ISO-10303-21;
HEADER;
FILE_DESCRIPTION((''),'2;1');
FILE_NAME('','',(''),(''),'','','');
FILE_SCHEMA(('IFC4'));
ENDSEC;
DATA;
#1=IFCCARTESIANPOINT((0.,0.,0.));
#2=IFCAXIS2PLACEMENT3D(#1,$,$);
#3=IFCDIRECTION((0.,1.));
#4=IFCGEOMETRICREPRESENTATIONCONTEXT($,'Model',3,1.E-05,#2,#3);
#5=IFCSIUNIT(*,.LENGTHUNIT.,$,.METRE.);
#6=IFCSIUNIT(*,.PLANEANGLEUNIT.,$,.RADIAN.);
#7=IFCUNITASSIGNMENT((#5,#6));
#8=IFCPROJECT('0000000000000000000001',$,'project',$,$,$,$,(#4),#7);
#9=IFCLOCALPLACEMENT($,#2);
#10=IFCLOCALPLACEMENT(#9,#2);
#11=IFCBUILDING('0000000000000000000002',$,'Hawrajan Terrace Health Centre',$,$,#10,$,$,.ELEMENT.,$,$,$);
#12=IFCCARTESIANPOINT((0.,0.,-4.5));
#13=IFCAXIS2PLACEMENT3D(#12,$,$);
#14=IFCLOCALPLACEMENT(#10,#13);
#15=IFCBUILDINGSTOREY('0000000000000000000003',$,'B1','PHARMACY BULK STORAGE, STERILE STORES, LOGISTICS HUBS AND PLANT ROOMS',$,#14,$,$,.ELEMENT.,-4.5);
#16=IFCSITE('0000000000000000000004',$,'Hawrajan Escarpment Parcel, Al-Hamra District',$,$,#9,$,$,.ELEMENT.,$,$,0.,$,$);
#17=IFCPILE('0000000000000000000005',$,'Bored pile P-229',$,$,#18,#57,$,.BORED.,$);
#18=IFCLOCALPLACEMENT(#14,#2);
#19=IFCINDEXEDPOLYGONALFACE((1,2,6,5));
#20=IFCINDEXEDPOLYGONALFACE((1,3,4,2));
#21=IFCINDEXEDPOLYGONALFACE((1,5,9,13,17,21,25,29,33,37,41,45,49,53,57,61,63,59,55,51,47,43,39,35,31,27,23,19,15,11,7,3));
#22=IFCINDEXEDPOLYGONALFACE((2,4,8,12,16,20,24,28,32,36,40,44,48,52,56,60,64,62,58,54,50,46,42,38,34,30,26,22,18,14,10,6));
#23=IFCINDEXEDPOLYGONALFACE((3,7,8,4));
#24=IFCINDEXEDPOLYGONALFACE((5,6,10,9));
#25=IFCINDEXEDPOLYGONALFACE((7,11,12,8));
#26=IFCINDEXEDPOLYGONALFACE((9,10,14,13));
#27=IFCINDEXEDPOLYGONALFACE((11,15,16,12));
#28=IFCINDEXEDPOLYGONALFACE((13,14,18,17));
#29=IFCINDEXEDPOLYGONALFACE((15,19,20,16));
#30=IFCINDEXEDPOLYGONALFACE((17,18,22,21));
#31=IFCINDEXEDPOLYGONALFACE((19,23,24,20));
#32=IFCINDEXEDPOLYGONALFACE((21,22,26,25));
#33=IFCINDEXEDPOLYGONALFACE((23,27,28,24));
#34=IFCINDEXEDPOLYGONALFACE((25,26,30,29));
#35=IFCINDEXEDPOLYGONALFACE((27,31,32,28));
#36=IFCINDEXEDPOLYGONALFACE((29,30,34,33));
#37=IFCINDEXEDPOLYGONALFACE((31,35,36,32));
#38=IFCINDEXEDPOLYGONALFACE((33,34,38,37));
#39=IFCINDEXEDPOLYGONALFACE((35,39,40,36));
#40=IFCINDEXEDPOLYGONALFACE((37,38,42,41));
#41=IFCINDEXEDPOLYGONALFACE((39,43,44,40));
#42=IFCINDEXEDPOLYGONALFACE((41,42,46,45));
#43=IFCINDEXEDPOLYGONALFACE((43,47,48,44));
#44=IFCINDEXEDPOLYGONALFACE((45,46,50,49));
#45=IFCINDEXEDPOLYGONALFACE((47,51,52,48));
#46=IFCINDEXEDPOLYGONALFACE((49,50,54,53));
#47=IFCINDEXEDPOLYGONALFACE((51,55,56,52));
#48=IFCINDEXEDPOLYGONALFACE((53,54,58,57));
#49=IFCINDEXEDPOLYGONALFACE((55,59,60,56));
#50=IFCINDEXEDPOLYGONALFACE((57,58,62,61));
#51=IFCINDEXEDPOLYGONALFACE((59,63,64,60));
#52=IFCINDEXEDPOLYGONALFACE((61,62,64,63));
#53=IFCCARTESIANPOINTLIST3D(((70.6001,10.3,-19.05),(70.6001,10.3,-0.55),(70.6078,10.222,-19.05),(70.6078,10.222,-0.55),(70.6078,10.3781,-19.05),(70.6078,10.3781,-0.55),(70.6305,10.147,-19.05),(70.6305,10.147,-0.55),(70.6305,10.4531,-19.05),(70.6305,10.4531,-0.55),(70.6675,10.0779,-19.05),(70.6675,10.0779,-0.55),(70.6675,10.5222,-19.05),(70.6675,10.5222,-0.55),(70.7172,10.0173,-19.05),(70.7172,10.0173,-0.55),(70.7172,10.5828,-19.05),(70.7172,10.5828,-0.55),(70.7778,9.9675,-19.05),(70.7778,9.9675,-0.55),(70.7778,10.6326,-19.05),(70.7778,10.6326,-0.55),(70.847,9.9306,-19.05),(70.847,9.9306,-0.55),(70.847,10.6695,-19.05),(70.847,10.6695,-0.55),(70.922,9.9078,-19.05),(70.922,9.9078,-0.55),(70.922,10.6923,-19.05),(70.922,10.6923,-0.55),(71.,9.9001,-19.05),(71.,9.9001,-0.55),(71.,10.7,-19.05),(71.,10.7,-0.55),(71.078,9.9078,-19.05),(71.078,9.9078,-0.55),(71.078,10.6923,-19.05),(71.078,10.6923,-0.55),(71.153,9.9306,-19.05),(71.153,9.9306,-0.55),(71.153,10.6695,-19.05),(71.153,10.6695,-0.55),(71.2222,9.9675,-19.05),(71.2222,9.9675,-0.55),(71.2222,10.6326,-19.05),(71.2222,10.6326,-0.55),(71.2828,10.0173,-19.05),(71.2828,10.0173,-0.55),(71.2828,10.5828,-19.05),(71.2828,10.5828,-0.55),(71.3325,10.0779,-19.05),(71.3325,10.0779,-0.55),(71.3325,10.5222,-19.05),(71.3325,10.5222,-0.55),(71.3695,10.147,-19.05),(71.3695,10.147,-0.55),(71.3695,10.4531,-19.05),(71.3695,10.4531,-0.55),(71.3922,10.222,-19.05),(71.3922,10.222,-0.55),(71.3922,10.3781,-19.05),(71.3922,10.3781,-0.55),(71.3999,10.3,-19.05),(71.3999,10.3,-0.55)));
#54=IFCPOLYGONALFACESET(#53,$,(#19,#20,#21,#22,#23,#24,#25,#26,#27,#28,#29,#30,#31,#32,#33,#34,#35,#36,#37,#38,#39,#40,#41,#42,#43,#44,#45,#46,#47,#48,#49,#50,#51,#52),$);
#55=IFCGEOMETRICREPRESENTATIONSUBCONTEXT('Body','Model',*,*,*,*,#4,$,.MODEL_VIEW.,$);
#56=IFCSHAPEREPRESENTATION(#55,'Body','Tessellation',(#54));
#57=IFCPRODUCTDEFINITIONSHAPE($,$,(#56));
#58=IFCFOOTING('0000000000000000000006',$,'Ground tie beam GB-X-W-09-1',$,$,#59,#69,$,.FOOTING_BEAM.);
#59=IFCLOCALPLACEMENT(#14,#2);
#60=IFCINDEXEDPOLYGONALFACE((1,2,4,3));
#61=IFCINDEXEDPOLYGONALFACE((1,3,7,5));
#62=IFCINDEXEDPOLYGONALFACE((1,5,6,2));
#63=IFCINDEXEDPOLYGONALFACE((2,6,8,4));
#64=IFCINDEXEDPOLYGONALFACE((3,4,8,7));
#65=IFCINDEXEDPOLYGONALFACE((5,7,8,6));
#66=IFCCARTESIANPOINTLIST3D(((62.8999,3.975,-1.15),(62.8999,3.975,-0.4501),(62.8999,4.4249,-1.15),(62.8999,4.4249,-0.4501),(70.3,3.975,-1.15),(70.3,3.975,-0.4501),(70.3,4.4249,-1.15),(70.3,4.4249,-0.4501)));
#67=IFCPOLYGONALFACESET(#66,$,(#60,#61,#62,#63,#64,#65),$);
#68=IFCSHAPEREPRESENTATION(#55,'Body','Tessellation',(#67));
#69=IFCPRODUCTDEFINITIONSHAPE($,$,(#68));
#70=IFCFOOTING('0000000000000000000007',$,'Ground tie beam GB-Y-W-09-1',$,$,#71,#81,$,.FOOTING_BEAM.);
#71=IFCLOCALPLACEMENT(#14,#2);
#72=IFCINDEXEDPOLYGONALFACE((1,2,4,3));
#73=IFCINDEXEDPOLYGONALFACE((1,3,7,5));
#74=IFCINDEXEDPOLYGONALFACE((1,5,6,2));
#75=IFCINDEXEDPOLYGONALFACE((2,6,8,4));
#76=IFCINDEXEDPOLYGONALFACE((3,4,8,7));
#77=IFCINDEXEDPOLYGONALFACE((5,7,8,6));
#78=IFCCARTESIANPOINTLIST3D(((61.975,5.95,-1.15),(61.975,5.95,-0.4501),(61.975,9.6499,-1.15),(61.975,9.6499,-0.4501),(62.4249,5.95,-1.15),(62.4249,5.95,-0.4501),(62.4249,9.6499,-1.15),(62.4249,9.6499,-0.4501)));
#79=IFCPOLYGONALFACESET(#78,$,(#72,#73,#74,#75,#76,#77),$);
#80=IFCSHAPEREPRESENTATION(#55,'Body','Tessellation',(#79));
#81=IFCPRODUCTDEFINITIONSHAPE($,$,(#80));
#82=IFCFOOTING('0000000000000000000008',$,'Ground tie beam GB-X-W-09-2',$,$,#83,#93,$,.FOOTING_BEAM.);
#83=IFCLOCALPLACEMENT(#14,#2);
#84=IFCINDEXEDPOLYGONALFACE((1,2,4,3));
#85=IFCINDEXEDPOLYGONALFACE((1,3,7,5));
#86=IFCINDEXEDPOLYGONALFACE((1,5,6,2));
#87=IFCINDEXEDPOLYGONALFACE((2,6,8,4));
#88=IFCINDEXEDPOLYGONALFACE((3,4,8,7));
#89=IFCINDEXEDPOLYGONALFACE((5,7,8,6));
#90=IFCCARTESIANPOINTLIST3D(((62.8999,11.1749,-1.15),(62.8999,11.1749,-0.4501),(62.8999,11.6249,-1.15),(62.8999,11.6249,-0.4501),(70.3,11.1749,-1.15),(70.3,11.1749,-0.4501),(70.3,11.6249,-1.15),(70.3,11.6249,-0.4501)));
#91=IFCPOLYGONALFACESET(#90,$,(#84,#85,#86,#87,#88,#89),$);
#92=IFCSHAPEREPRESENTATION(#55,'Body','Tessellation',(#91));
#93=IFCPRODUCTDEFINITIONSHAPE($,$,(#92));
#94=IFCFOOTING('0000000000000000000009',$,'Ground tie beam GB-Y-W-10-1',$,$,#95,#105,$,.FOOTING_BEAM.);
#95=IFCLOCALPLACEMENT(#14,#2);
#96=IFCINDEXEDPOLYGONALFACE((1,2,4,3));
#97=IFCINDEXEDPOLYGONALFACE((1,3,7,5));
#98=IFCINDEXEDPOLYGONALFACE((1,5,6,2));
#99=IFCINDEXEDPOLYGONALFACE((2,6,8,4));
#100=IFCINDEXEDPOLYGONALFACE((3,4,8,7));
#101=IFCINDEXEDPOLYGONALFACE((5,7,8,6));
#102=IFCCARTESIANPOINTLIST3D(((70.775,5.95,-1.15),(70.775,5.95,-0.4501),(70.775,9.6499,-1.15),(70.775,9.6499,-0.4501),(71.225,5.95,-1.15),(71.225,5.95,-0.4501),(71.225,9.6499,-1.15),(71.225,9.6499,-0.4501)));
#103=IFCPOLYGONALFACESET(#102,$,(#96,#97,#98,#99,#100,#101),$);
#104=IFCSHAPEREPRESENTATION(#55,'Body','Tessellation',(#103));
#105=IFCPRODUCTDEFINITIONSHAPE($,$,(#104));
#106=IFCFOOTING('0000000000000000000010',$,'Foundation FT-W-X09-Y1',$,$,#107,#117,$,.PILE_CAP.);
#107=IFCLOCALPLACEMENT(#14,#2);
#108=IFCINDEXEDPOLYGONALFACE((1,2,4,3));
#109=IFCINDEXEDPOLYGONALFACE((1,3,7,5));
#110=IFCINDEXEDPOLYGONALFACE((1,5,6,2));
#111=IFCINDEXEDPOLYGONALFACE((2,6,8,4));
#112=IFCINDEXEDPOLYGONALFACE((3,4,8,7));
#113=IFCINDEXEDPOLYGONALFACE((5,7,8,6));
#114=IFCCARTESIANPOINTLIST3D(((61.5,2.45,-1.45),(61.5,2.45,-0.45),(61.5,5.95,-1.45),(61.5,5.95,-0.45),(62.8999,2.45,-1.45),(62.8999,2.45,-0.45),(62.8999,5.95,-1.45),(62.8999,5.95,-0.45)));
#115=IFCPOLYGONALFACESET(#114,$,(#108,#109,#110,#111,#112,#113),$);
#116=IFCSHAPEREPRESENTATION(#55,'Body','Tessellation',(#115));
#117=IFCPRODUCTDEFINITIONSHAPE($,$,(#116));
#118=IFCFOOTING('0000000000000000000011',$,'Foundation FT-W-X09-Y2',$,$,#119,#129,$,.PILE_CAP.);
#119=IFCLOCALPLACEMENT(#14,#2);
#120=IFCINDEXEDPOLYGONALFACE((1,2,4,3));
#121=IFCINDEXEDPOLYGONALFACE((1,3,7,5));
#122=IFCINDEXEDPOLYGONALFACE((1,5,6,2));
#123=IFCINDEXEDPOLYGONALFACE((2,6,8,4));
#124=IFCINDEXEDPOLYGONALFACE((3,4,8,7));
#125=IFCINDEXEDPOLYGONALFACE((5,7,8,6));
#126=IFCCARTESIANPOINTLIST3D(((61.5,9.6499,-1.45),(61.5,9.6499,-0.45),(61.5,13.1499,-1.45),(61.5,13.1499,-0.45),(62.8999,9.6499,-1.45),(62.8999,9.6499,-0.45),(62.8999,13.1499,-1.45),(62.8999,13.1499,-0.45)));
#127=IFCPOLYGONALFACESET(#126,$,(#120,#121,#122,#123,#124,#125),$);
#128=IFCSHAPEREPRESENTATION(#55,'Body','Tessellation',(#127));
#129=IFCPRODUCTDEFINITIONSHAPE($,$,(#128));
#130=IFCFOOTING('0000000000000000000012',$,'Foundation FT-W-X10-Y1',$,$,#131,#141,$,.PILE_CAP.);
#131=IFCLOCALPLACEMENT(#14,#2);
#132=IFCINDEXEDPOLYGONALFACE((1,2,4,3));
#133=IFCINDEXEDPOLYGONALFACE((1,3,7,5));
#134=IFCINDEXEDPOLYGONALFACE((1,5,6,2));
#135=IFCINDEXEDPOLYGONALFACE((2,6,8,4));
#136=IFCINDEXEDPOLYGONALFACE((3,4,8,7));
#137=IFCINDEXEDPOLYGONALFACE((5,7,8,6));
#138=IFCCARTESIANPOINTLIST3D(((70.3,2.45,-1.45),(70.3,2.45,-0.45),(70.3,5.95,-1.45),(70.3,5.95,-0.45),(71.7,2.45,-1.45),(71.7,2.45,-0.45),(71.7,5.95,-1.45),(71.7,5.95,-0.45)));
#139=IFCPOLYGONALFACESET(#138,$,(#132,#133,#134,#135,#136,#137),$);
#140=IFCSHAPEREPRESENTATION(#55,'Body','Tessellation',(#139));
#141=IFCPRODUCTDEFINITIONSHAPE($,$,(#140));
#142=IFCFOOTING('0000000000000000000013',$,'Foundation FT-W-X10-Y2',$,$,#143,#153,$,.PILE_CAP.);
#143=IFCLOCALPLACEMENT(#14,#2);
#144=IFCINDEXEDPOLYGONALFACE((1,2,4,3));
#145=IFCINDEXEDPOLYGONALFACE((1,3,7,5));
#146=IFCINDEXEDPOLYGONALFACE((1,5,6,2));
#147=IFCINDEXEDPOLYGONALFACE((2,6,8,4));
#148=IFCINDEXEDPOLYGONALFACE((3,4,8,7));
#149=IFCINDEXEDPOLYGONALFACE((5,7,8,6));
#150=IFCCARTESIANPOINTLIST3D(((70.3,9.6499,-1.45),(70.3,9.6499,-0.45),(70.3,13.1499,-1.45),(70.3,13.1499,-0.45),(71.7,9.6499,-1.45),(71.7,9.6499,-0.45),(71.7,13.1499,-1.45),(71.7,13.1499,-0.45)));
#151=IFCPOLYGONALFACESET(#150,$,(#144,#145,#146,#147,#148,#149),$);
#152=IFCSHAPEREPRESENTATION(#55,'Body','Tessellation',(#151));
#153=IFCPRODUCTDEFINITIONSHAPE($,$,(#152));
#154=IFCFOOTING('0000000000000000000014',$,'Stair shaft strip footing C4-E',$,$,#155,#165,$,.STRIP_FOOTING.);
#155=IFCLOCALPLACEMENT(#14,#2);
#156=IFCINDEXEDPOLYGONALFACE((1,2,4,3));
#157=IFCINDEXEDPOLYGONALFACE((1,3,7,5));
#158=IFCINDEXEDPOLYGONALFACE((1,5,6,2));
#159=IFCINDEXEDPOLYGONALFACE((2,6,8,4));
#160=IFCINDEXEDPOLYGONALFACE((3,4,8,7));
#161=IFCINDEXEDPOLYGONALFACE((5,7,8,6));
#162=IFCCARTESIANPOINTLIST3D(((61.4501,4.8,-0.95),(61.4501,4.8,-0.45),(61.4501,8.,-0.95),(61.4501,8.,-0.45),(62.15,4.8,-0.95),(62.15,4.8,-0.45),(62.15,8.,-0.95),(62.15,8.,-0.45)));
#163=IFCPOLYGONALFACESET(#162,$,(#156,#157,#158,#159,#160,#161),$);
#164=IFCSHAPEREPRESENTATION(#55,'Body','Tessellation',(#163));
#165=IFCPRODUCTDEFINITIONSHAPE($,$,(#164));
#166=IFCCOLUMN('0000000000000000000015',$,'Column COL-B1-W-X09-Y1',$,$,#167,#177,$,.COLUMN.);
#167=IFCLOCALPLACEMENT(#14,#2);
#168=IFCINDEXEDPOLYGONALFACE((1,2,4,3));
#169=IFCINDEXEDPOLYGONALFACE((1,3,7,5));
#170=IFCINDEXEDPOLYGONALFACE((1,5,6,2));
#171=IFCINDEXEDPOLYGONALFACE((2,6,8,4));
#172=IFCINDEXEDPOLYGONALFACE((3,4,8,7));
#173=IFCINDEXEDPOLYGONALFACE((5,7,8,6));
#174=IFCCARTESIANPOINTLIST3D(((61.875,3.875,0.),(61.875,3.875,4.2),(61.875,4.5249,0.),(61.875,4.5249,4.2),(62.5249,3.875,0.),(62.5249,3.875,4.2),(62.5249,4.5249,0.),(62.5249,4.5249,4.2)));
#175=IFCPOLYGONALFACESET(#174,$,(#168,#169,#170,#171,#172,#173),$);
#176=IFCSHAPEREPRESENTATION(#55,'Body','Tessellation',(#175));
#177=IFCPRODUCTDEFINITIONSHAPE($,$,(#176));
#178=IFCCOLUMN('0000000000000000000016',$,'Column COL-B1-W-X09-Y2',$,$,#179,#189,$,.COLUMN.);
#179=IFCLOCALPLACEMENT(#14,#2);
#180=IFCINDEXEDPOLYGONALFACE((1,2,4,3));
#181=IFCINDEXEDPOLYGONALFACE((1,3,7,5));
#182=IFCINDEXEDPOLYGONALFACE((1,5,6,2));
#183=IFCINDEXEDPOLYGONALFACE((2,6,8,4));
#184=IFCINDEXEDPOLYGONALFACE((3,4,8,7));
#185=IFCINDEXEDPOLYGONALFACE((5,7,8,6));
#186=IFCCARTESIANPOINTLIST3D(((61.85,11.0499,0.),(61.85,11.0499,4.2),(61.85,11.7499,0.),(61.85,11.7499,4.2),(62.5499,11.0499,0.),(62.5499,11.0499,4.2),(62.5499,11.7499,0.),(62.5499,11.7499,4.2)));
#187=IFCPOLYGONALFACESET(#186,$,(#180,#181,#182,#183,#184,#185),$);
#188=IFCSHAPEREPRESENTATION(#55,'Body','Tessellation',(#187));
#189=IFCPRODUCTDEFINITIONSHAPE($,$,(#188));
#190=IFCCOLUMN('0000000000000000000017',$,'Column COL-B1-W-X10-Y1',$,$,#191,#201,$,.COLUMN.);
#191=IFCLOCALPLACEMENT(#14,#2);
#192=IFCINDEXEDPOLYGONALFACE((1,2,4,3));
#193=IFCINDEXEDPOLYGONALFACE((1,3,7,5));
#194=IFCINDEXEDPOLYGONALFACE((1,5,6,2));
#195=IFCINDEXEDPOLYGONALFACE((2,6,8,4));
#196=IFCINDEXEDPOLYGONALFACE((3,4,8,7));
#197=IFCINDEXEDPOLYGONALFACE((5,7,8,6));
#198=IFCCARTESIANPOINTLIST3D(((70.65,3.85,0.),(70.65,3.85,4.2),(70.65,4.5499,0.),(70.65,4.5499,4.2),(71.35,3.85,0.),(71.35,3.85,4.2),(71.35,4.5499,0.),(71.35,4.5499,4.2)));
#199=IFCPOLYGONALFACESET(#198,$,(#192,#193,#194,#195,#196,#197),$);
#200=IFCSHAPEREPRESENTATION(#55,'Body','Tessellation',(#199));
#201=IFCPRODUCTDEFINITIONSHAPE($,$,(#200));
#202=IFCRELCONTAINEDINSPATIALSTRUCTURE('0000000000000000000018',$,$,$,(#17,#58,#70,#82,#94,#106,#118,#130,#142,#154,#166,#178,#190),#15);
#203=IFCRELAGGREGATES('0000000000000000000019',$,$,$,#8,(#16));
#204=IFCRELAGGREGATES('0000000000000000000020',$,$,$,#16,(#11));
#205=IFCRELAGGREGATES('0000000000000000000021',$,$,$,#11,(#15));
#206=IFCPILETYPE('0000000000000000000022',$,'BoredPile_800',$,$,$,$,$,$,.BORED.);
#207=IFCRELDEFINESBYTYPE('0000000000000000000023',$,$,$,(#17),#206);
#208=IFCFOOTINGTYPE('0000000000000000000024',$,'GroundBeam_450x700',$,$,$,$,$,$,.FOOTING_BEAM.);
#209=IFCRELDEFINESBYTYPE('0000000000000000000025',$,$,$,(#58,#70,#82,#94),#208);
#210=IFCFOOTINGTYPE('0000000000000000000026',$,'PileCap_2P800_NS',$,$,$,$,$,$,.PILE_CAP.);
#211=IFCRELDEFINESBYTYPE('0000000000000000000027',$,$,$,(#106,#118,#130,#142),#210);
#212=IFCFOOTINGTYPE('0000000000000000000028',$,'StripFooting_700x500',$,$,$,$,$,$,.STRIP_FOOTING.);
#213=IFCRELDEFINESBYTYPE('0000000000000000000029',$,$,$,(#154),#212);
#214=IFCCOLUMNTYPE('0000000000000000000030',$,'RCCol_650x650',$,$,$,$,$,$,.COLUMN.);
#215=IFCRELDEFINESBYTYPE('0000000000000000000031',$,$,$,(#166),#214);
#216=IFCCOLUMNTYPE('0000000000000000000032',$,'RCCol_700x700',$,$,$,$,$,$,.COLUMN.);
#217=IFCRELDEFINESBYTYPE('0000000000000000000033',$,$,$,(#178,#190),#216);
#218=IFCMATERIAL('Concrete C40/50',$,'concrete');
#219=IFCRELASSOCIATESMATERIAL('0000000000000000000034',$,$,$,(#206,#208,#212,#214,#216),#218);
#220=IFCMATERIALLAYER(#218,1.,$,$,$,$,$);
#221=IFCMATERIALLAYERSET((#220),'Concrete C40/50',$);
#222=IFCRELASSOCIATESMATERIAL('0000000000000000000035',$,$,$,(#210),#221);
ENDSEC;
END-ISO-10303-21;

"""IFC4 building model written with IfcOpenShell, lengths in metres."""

from ifc_helpers import new_model, si_unit, direction, frame, origin, origin_2d, place, context, subcontext, project, spatial, rectangle, circle, extrude, material, layer, layer_set, material_profile, profile_set, type_object, element, save


model = new_model("IFC4")

# Units and contexts
model_context = context("Model", 3, precision=1e-05, world=origin(), true_north=direction((0.0, 1.0)))
body_context = subcontext(model_context, "Body", "Model", "MODEL_VIEW")
ifc_project = project(units=[si_unit("LENGTHUNIT", "METRE"), si_unit("PLANEANGLEUNIT", "RADIAN")], contexts=[model_context])

# Site, building, storey
site_placement = place(None, origin())
site = spatial("IfcSite", under=ifc_project, at=site_placement, Name="Hawrajan Escarpment Parcel, Al-Hamra District", CompositionType="ELEMENT", RefElevation=0.0)
building_placement = place(site_placement, origin())
building = spatial("IfcBuilding", under=site, at=building_placement, Name="Hawrajan Terrace Health Centre", CompositionType="ELEMENT")
storey_placement = place(building_placement, frame((0.0, 0.0, -4.5)))
storey = spatial("IfcBuildingStorey", under=building, at=storey_placement, Name="B1", Description="PHARMACY BULK STORAGE, STERILE STORES, LOGISTICS HUBS AND PLANT ROOMS", CompositionType="ELEMENT", Elevation=-4.5)

# Pile
ifc_material_1 = material(Name="Concrete C40/50", Category="concrete")
ifc_material_profile_1 = material_profile(ifc_material_1, circle(Radius=0.3999, at=origin_2d()), Name="BP 800")
ifc_profile_set_1 = profile_set([ifc_material_profile_1], Name="Concrete C40/50")
pile_type = type_object("IfcPileType", Name="BoredPile_800", PredefinedType="BORED", material=ifc_profile_set_1)
for number, where, z_axis, x_axis, name in (
    (1, (71.0, 10.3, -0.55), (0.0, 0.0, -1.0), (1.0, 0.0, 0.0), "Bored pile P-229"),
):
    element("IfcPile", number, at=place(storey_placement, frame(where, z_axis=z_axis, x_axis=x_axis)), inside=storey, type_object=pile_type, Name=name, PredefinedType="BORED", context=body_context, shape_type="SweptSolid", body=[
        extrude(circle(Radius=0.3999, at=origin_2d()), origin(), (0.0, 0.0, 1.0), 18.5),
    ])

# Footings
ifc_material_profile_2 = material_profile(ifc_material_1, rectangle(XDim=0.45, YDim=0.7, at=origin_2d()), Name="RC BM 450x700")
ifc_profile_set_2 = profile_set([ifc_material_profile_2], Name="Concrete C40/50")
footing_type_1 = type_object("IfcFootingType", Name="GroundBeam_450x700", PredefinedType="FOOTING_BEAM", material=ifc_profile_set_2)
footing_1_placement = place(storey_placement, frame((62.8999, 4.2, -0.8), z_axis=(1.0, 0.0, 0.0), x_axis=(0.0, 1.0, 0.0)))
element("IfcFooting", 2, at=footing_1_placement, inside=storey, type_object=footing_type_1, Name="Ground tie beam GB-X-W-09-1", PredefinedType="FOOTING_BEAM", context=body_context, shape_type="SweptSolid", body=[
    extrude(rectangle(XDim=0.45, YDim=0.7, at=origin_2d()), origin(), (0.0, 0.0, 1.0), 7.4001),
])
footing_2_placement = place(storey_placement, frame((62.2, 5.95, -0.8), z_axis=(0.0, 1.0, 0.0), x_axis=(-1.0, 0.0, 0.0)))
element("IfcFooting", 3, at=footing_2_placement, inside=storey, type_object=footing_type_1, Name="Ground tie beam GB-Y-W-09-1", PredefinedType="FOOTING_BEAM", context=body_context, shape_type="SweptSolid", body=[
    extrude(rectangle(XDim=0.45, YDim=0.7, at=origin_2d()), origin(), (0.0, 0.0, 1.0), 3.7),
])
footing_3_placement = place(storey_placement, frame((62.8999, 11.3999, -0.8), z_axis=(1.0, 0.0, 0.0), x_axis=(0.0, 1.0, 0.0)))
element("IfcFooting", 4, at=footing_3_placement, inside=storey, type_object=footing_type_1, Name="Ground tie beam GB-X-W-09-2", PredefinedType="FOOTING_BEAM", context=body_context, shape_type="SweptSolid", body=[
    extrude(rectangle(XDim=0.45, YDim=0.7, at=origin_2d()), origin(), (0.0, 0.0, 1.0), 7.4001),
])
footing_4_placement = place(storey_placement, frame((71.0, 5.95, -0.8), z_axis=(0.0, 1.0, 0.0), x_axis=(-1.0, 0.0, 0.0)))
element("IfcFooting", 5, at=footing_4_placement, inside=storey, type_object=footing_type_1, Name="Ground tie beam GB-Y-W-10-1", PredefinedType="FOOTING_BEAM", context=body_context, shape_type="SweptSolid", body=[
    extrude(rectangle(XDim=0.45, YDim=0.7, at=origin_2d()), origin(), (0.0, 0.0, 1.0), 3.7),
])
ifc_layer_1 = layer(ifc_material_1, 1.0)
ifc_layer_set_1 = layer_set([ifc_layer_1], Name="Concrete C40/50")
footing_type_2 = type_object("IfcFootingType", Name="PileCap_2P800_NS", PredefinedType="PILE_CAP", material=ifc_layer_set_1)
for number, where, z_axis, x_axis, name in (
    (6, (62.2, 4.2, -1.45), (0.0, 0.0, 1.0), (1.0, 0.0, 0.0), "Foundation FT-W-X09-Y1"),
    (7, (62.2, 11.3999, -1.45), (0.0, 0.0, 1.0), (1.0, 0.0, 0.0), "Foundation FT-W-X09-Y2"),
    (8, (71.0, 4.2, -1.45), (0.0, 0.0, 1.0), (1.0, 0.0, 0.0), "Foundation FT-W-X10-Y1"),
    (9, (71.0, 11.3999, -1.45), (0.0, 0.0, 1.0), (1.0, 0.0, 0.0), "Foundation FT-W-X10-Y2"),
):
    element("IfcFooting", number, at=place(storey_placement, frame(where, z_axis=z_axis, x_axis=x_axis)), inside=storey, type_object=footing_type_2, Name=name, PredefinedType="PILE_CAP", context=body_context, shape_type="SweptSolid", body=[
        extrude(rectangle(XDim=1.3999, YDim=3.5, at=origin_2d()), origin(), (0.0, 0.0, 1.0), 1.0),
    ])
ifc_material_profile_3 = material_profile(ifc_material_1, rectangle(XDim=0.7, YDim=0.5, at=origin_2d()), Name="RC STRIP 700x500")
ifc_profile_set_3 = profile_set([ifc_material_profile_3], Name="Concrete C40/50")
footing_type_3 = type_object("IfcFootingType", Name="StripFooting_700x500", PredefinedType="STRIP_FOOTING", material=ifc_profile_set_3)
footing_5_placement = place(storey_placement, frame((61.8, 4.8, -0.7), z_axis=(0.0, 1.0, 0.0), x_axis=(-1.0, 0.0, 0.0)))
element("IfcFooting", 10, at=footing_5_placement, inside=storey, type_object=footing_type_3, Name="Stair shaft strip footing C4-E", PredefinedType="STRIP_FOOTING", context=body_context, shape_type="SweptSolid", body=[
    extrude(rectangle(XDim=0.7, YDim=0.5, at=origin_2d()), origin(), (0.0, 0.0, 1.0), 3.2),
])

# Columns
ifc_material_profile_4 = material_profile(ifc_material_1, rectangle(XDim=0.6499, YDim=0.6499, at=origin_2d()), Name="RC 650x650")
ifc_profile_set_4 = profile_set([ifc_material_profile_4], Name="Concrete C40/50")
column_type_1 = type_object("IfcColumnType", Name="RCCol_650x650", PredefinedType="COLUMN", material=ifc_profile_set_4)
column_placement = place(storey_placement, frame((62.2, 4.2, 0.0), z_axis=(0.0, 0.0, 1.0), x_axis=(1.0, 0.0, 0.0)))
element("IfcColumn", 11, at=column_placement, inside=storey, type_object=column_type_1, Name="Column COL-B1-W-X09-Y1", PredefinedType="COLUMN", context=body_context, shape_type="SweptSolid", body=[
    extrude(rectangle(XDim=0.6499, YDim=0.6499, at=origin_2d()), origin(), (0.0, 0.0, 1.0), 4.2),
])
ifc_material_profile_5 = material_profile(ifc_material_1, rectangle(XDim=0.7, YDim=0.7, at=origin_2d()), Name="RC 700x700")
ifc_profile_set_5 = profile_set([ifc_material_profile_5], Name="Concrete C40/50")
column_type_2 = type_object("IfcColumnType", Name="RCCol_700x700", PredefinedType="COLUMN", material=ifc_profile_set_5)
for number, where, z_axis, x_axis, name in (
    (12, (62.2, 11.3999, 0.0), (0.0, 0.0, 1.0), (1.0, 0.0, 0.0), "Column COL-B1-W-X09-Y2"),
    (13, (71.0, 4.2, 0.0), (0.0, 0.0, 1.0), (1.0, 0.0, 0.0), "Column COL-B1-W-X10-Y1"),
):
    element("IfcColumn", number, at=place(storey_placement, frame(where, z_axis=z_axis, x_axis=x_axis)), inside=storey, type_object=column_type_2, Name=name, PredefinedType="COLUMN", context=body_context, shape_type="SweptSolid", body=[
        extrude(rectangle(XDim=0.7, YDim=0.7, at=origin_2d()), origin(), (0.0, 0.0, 1.0), 4.2),
    ])

save(model, "model.ifc")
